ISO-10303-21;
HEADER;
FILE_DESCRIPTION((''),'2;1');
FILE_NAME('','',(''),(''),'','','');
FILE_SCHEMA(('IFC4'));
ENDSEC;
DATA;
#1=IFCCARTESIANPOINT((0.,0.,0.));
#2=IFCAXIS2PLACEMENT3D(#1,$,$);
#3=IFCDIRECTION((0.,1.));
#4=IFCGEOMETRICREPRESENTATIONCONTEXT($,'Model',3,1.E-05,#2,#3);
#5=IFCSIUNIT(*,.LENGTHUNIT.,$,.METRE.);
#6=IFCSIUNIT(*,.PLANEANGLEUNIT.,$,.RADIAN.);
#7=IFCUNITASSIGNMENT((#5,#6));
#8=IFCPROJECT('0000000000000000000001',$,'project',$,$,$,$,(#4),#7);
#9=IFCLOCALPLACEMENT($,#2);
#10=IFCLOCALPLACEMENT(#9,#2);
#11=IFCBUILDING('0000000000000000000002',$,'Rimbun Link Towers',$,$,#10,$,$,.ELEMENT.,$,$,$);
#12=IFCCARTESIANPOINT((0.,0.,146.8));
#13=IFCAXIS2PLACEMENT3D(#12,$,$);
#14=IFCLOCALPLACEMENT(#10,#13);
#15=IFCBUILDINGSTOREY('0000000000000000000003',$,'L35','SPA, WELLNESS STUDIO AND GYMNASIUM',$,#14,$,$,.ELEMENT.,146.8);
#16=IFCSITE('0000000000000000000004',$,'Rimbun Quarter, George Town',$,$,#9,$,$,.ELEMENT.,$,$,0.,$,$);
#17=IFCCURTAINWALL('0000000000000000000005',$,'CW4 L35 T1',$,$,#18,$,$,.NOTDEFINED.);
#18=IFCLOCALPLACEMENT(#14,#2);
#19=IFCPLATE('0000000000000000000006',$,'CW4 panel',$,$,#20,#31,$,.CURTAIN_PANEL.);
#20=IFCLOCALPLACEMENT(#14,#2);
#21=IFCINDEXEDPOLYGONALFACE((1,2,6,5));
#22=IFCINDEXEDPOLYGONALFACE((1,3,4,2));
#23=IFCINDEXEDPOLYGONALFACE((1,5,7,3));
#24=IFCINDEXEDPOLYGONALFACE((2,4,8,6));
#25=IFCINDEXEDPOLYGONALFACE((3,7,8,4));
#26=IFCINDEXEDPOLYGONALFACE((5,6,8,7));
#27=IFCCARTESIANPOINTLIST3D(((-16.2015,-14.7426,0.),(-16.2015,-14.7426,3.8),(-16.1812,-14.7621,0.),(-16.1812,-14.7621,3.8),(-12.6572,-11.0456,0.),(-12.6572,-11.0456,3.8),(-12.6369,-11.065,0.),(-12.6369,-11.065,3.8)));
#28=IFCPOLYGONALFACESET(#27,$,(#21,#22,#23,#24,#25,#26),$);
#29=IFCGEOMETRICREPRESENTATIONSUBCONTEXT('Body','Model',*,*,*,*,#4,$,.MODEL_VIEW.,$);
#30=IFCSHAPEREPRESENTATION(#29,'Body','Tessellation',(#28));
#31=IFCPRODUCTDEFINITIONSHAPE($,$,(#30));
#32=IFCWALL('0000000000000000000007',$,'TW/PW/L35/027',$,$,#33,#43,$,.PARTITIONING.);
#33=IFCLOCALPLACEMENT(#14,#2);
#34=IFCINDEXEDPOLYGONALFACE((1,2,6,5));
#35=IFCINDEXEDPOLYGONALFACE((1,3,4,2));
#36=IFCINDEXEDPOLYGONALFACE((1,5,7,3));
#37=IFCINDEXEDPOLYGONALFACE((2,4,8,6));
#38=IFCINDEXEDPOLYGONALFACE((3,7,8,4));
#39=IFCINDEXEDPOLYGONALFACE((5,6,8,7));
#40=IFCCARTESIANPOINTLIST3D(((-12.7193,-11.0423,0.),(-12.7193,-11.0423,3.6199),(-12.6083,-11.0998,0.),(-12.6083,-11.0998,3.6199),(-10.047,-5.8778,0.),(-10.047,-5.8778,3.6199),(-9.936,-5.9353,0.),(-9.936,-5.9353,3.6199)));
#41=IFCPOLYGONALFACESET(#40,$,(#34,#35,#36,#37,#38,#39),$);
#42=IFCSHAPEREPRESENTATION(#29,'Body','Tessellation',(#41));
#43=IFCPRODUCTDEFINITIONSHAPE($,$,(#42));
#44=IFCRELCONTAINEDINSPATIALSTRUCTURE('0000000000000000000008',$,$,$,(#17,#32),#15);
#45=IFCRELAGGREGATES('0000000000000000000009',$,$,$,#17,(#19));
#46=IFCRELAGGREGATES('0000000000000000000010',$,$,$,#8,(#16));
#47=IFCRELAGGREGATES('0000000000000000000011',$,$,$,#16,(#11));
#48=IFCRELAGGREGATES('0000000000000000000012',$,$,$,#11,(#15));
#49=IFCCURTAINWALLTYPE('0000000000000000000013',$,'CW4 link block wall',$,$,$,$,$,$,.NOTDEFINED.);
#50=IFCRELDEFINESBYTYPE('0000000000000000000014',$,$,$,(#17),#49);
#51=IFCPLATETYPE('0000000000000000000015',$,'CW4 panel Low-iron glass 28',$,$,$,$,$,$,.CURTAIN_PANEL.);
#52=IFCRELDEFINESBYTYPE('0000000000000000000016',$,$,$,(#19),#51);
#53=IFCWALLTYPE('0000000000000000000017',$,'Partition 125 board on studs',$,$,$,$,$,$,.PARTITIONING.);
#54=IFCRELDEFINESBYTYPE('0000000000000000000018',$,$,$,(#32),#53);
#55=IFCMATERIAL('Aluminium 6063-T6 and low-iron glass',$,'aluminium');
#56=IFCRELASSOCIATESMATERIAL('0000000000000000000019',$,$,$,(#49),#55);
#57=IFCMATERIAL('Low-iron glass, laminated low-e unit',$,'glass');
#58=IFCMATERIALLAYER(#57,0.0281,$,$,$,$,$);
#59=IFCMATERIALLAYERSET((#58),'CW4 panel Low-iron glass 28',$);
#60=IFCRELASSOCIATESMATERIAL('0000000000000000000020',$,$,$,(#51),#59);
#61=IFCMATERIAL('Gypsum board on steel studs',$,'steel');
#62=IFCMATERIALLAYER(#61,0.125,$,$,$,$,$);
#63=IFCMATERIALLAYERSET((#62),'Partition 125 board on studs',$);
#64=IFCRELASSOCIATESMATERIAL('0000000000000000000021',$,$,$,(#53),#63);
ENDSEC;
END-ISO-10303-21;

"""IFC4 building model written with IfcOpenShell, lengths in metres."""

from ifc_helpers import new_model, si_unit, direction, frame, frame_2d, origin, origin_2d, place, context, subcontext, project, spatial, rectangle, extrude, material, layer, layer_set, type_object, element, aggregate, save


model = new_model("IFC4")

# Units and contexts
model_context = context("Model", 3, precision=1e-05, world=origin(), true_north=direction((0.0, 1.0)))
body_context = subcontext(model_context, "Body", "Model", "MODEL_VIEW")
ifc_project = project(units=[si_unit("LENGTHUNIT", "METRE"), si_unit("PLANEANGLEUNIT", "RADIAN")], contexts=[model_context])

# Site, building, storey
site_placement = place(None, origin())
site = spatial("IfcSite", under=ifc_project, at=site_placement, Name="Rimbun Quarter, George Town", CompositionType="ELEMENT", RefElevation=0.0)
building_placement = place(site_placement, origin())
building = spatial("IfcBuilding", under=site, at=building_placement, Name="Rimbun Link Towers", CompositionType="ELEMENT")
storey_placement = place(building_placement, frame((0.0, 0.0, 146.8)))
storey = spatial("IfcBuildingStorey", under=building, at=storey_placement, Name="L35", Description="SPA, WELLNESS STUDIO AND GYMNASIUM", CompositionType="ELEMENT", Elevation=146.8)

# Curtain wall
ifc_material_1 = material(Name="Aluminium 6063-T6 and low-iron glass", Category="aluminium")
curtain_wall_type = type_object("IfcCurtainWallType", Name="CW4 link block wall", PredefinedType="NOTDEFINED", material=ifc_material_1)
curtain_wall_placement = place(storey_placement, origin())
curtain_wall = element("IfcCurtainWall", 1, at=curtain_wall_placement, inside=storey, type_object=curtain_wall_type, Name="CW4 L35 T1", PredefinedType="NOTDEFINED")

# Plate
ifc_material_2 = material(Name="Low-iron glass, laminated low-e unit", Category="glass")
ifc_layer_1 = layer(ifc_material_2, 0.0281)
ifc_layer_set_1 = layer_set([ifc_layer_1], Name="CW4 panel Low-iron glass 28")
plate_type = type_object("IfcPlateType", Name="CW4 panel Low-iron glass 28", PredefinedType="CURTAIN_PANEL", material=ifc_layer_set_1)
plate_1_placement = place(storey_placement, frame((-14.4192, -12.9038, 0.0), z_axis=(0.0, 0.0, 1.0), x_axis=(-0.692041, -0.721858, 0.0)))
plate_1 = element("IfcPlate", 2, at=plate_1_placement, type_object=plate_type, Name="CW4 panel", PredefinedType="CURTAIN_PANEL", context=body_context, shape_type="SweptSolid", body=[
    extrude(rectangle(XDim=5.1216, YDim=0.0281, at=origin_2d()), origin(), (0.0, 0.0, 1.0), 3.8),
])
aggregate(curtain_wall, [plate_1])

# Wall
ifc_material_3 = material(Name="Gypsum board on steel studs", Category="steel")
ifc_layer_2 = layer(ifc_material_3, 0.125)
ifc_layer_set_2 = layer_set([ifc_layer_2], Name="Partition 125 board on studs")
wall_type = type_object("IfcWallType", Name="Partition 125 board on studs", PredefinedType="PARTITIONING", material=ifc_layer_set_2)
wall_placement = place(storey_placement, frame((-12.6638, -11.071, 0.0), z_axis=(0.0, 0.0, 1.0), x_axis=(0.459565, 0.888144, 0.0)))
element("IfcWall", 3, at=wall_placement, inside=storey, type_object=wall_type, Name="TW/PW/L35/027", PredefinedType="PARTITIONING", context=body_context, shape_type="SweptSolid", body=[
    extrude(rectangle(XDim=5.8149, YDim=0.125, at=frame_2d((2.9075, 0.0))), origin(), (0.0, 0.0, 1.0), 3.6199),
])

save(model, "model.ifc")
